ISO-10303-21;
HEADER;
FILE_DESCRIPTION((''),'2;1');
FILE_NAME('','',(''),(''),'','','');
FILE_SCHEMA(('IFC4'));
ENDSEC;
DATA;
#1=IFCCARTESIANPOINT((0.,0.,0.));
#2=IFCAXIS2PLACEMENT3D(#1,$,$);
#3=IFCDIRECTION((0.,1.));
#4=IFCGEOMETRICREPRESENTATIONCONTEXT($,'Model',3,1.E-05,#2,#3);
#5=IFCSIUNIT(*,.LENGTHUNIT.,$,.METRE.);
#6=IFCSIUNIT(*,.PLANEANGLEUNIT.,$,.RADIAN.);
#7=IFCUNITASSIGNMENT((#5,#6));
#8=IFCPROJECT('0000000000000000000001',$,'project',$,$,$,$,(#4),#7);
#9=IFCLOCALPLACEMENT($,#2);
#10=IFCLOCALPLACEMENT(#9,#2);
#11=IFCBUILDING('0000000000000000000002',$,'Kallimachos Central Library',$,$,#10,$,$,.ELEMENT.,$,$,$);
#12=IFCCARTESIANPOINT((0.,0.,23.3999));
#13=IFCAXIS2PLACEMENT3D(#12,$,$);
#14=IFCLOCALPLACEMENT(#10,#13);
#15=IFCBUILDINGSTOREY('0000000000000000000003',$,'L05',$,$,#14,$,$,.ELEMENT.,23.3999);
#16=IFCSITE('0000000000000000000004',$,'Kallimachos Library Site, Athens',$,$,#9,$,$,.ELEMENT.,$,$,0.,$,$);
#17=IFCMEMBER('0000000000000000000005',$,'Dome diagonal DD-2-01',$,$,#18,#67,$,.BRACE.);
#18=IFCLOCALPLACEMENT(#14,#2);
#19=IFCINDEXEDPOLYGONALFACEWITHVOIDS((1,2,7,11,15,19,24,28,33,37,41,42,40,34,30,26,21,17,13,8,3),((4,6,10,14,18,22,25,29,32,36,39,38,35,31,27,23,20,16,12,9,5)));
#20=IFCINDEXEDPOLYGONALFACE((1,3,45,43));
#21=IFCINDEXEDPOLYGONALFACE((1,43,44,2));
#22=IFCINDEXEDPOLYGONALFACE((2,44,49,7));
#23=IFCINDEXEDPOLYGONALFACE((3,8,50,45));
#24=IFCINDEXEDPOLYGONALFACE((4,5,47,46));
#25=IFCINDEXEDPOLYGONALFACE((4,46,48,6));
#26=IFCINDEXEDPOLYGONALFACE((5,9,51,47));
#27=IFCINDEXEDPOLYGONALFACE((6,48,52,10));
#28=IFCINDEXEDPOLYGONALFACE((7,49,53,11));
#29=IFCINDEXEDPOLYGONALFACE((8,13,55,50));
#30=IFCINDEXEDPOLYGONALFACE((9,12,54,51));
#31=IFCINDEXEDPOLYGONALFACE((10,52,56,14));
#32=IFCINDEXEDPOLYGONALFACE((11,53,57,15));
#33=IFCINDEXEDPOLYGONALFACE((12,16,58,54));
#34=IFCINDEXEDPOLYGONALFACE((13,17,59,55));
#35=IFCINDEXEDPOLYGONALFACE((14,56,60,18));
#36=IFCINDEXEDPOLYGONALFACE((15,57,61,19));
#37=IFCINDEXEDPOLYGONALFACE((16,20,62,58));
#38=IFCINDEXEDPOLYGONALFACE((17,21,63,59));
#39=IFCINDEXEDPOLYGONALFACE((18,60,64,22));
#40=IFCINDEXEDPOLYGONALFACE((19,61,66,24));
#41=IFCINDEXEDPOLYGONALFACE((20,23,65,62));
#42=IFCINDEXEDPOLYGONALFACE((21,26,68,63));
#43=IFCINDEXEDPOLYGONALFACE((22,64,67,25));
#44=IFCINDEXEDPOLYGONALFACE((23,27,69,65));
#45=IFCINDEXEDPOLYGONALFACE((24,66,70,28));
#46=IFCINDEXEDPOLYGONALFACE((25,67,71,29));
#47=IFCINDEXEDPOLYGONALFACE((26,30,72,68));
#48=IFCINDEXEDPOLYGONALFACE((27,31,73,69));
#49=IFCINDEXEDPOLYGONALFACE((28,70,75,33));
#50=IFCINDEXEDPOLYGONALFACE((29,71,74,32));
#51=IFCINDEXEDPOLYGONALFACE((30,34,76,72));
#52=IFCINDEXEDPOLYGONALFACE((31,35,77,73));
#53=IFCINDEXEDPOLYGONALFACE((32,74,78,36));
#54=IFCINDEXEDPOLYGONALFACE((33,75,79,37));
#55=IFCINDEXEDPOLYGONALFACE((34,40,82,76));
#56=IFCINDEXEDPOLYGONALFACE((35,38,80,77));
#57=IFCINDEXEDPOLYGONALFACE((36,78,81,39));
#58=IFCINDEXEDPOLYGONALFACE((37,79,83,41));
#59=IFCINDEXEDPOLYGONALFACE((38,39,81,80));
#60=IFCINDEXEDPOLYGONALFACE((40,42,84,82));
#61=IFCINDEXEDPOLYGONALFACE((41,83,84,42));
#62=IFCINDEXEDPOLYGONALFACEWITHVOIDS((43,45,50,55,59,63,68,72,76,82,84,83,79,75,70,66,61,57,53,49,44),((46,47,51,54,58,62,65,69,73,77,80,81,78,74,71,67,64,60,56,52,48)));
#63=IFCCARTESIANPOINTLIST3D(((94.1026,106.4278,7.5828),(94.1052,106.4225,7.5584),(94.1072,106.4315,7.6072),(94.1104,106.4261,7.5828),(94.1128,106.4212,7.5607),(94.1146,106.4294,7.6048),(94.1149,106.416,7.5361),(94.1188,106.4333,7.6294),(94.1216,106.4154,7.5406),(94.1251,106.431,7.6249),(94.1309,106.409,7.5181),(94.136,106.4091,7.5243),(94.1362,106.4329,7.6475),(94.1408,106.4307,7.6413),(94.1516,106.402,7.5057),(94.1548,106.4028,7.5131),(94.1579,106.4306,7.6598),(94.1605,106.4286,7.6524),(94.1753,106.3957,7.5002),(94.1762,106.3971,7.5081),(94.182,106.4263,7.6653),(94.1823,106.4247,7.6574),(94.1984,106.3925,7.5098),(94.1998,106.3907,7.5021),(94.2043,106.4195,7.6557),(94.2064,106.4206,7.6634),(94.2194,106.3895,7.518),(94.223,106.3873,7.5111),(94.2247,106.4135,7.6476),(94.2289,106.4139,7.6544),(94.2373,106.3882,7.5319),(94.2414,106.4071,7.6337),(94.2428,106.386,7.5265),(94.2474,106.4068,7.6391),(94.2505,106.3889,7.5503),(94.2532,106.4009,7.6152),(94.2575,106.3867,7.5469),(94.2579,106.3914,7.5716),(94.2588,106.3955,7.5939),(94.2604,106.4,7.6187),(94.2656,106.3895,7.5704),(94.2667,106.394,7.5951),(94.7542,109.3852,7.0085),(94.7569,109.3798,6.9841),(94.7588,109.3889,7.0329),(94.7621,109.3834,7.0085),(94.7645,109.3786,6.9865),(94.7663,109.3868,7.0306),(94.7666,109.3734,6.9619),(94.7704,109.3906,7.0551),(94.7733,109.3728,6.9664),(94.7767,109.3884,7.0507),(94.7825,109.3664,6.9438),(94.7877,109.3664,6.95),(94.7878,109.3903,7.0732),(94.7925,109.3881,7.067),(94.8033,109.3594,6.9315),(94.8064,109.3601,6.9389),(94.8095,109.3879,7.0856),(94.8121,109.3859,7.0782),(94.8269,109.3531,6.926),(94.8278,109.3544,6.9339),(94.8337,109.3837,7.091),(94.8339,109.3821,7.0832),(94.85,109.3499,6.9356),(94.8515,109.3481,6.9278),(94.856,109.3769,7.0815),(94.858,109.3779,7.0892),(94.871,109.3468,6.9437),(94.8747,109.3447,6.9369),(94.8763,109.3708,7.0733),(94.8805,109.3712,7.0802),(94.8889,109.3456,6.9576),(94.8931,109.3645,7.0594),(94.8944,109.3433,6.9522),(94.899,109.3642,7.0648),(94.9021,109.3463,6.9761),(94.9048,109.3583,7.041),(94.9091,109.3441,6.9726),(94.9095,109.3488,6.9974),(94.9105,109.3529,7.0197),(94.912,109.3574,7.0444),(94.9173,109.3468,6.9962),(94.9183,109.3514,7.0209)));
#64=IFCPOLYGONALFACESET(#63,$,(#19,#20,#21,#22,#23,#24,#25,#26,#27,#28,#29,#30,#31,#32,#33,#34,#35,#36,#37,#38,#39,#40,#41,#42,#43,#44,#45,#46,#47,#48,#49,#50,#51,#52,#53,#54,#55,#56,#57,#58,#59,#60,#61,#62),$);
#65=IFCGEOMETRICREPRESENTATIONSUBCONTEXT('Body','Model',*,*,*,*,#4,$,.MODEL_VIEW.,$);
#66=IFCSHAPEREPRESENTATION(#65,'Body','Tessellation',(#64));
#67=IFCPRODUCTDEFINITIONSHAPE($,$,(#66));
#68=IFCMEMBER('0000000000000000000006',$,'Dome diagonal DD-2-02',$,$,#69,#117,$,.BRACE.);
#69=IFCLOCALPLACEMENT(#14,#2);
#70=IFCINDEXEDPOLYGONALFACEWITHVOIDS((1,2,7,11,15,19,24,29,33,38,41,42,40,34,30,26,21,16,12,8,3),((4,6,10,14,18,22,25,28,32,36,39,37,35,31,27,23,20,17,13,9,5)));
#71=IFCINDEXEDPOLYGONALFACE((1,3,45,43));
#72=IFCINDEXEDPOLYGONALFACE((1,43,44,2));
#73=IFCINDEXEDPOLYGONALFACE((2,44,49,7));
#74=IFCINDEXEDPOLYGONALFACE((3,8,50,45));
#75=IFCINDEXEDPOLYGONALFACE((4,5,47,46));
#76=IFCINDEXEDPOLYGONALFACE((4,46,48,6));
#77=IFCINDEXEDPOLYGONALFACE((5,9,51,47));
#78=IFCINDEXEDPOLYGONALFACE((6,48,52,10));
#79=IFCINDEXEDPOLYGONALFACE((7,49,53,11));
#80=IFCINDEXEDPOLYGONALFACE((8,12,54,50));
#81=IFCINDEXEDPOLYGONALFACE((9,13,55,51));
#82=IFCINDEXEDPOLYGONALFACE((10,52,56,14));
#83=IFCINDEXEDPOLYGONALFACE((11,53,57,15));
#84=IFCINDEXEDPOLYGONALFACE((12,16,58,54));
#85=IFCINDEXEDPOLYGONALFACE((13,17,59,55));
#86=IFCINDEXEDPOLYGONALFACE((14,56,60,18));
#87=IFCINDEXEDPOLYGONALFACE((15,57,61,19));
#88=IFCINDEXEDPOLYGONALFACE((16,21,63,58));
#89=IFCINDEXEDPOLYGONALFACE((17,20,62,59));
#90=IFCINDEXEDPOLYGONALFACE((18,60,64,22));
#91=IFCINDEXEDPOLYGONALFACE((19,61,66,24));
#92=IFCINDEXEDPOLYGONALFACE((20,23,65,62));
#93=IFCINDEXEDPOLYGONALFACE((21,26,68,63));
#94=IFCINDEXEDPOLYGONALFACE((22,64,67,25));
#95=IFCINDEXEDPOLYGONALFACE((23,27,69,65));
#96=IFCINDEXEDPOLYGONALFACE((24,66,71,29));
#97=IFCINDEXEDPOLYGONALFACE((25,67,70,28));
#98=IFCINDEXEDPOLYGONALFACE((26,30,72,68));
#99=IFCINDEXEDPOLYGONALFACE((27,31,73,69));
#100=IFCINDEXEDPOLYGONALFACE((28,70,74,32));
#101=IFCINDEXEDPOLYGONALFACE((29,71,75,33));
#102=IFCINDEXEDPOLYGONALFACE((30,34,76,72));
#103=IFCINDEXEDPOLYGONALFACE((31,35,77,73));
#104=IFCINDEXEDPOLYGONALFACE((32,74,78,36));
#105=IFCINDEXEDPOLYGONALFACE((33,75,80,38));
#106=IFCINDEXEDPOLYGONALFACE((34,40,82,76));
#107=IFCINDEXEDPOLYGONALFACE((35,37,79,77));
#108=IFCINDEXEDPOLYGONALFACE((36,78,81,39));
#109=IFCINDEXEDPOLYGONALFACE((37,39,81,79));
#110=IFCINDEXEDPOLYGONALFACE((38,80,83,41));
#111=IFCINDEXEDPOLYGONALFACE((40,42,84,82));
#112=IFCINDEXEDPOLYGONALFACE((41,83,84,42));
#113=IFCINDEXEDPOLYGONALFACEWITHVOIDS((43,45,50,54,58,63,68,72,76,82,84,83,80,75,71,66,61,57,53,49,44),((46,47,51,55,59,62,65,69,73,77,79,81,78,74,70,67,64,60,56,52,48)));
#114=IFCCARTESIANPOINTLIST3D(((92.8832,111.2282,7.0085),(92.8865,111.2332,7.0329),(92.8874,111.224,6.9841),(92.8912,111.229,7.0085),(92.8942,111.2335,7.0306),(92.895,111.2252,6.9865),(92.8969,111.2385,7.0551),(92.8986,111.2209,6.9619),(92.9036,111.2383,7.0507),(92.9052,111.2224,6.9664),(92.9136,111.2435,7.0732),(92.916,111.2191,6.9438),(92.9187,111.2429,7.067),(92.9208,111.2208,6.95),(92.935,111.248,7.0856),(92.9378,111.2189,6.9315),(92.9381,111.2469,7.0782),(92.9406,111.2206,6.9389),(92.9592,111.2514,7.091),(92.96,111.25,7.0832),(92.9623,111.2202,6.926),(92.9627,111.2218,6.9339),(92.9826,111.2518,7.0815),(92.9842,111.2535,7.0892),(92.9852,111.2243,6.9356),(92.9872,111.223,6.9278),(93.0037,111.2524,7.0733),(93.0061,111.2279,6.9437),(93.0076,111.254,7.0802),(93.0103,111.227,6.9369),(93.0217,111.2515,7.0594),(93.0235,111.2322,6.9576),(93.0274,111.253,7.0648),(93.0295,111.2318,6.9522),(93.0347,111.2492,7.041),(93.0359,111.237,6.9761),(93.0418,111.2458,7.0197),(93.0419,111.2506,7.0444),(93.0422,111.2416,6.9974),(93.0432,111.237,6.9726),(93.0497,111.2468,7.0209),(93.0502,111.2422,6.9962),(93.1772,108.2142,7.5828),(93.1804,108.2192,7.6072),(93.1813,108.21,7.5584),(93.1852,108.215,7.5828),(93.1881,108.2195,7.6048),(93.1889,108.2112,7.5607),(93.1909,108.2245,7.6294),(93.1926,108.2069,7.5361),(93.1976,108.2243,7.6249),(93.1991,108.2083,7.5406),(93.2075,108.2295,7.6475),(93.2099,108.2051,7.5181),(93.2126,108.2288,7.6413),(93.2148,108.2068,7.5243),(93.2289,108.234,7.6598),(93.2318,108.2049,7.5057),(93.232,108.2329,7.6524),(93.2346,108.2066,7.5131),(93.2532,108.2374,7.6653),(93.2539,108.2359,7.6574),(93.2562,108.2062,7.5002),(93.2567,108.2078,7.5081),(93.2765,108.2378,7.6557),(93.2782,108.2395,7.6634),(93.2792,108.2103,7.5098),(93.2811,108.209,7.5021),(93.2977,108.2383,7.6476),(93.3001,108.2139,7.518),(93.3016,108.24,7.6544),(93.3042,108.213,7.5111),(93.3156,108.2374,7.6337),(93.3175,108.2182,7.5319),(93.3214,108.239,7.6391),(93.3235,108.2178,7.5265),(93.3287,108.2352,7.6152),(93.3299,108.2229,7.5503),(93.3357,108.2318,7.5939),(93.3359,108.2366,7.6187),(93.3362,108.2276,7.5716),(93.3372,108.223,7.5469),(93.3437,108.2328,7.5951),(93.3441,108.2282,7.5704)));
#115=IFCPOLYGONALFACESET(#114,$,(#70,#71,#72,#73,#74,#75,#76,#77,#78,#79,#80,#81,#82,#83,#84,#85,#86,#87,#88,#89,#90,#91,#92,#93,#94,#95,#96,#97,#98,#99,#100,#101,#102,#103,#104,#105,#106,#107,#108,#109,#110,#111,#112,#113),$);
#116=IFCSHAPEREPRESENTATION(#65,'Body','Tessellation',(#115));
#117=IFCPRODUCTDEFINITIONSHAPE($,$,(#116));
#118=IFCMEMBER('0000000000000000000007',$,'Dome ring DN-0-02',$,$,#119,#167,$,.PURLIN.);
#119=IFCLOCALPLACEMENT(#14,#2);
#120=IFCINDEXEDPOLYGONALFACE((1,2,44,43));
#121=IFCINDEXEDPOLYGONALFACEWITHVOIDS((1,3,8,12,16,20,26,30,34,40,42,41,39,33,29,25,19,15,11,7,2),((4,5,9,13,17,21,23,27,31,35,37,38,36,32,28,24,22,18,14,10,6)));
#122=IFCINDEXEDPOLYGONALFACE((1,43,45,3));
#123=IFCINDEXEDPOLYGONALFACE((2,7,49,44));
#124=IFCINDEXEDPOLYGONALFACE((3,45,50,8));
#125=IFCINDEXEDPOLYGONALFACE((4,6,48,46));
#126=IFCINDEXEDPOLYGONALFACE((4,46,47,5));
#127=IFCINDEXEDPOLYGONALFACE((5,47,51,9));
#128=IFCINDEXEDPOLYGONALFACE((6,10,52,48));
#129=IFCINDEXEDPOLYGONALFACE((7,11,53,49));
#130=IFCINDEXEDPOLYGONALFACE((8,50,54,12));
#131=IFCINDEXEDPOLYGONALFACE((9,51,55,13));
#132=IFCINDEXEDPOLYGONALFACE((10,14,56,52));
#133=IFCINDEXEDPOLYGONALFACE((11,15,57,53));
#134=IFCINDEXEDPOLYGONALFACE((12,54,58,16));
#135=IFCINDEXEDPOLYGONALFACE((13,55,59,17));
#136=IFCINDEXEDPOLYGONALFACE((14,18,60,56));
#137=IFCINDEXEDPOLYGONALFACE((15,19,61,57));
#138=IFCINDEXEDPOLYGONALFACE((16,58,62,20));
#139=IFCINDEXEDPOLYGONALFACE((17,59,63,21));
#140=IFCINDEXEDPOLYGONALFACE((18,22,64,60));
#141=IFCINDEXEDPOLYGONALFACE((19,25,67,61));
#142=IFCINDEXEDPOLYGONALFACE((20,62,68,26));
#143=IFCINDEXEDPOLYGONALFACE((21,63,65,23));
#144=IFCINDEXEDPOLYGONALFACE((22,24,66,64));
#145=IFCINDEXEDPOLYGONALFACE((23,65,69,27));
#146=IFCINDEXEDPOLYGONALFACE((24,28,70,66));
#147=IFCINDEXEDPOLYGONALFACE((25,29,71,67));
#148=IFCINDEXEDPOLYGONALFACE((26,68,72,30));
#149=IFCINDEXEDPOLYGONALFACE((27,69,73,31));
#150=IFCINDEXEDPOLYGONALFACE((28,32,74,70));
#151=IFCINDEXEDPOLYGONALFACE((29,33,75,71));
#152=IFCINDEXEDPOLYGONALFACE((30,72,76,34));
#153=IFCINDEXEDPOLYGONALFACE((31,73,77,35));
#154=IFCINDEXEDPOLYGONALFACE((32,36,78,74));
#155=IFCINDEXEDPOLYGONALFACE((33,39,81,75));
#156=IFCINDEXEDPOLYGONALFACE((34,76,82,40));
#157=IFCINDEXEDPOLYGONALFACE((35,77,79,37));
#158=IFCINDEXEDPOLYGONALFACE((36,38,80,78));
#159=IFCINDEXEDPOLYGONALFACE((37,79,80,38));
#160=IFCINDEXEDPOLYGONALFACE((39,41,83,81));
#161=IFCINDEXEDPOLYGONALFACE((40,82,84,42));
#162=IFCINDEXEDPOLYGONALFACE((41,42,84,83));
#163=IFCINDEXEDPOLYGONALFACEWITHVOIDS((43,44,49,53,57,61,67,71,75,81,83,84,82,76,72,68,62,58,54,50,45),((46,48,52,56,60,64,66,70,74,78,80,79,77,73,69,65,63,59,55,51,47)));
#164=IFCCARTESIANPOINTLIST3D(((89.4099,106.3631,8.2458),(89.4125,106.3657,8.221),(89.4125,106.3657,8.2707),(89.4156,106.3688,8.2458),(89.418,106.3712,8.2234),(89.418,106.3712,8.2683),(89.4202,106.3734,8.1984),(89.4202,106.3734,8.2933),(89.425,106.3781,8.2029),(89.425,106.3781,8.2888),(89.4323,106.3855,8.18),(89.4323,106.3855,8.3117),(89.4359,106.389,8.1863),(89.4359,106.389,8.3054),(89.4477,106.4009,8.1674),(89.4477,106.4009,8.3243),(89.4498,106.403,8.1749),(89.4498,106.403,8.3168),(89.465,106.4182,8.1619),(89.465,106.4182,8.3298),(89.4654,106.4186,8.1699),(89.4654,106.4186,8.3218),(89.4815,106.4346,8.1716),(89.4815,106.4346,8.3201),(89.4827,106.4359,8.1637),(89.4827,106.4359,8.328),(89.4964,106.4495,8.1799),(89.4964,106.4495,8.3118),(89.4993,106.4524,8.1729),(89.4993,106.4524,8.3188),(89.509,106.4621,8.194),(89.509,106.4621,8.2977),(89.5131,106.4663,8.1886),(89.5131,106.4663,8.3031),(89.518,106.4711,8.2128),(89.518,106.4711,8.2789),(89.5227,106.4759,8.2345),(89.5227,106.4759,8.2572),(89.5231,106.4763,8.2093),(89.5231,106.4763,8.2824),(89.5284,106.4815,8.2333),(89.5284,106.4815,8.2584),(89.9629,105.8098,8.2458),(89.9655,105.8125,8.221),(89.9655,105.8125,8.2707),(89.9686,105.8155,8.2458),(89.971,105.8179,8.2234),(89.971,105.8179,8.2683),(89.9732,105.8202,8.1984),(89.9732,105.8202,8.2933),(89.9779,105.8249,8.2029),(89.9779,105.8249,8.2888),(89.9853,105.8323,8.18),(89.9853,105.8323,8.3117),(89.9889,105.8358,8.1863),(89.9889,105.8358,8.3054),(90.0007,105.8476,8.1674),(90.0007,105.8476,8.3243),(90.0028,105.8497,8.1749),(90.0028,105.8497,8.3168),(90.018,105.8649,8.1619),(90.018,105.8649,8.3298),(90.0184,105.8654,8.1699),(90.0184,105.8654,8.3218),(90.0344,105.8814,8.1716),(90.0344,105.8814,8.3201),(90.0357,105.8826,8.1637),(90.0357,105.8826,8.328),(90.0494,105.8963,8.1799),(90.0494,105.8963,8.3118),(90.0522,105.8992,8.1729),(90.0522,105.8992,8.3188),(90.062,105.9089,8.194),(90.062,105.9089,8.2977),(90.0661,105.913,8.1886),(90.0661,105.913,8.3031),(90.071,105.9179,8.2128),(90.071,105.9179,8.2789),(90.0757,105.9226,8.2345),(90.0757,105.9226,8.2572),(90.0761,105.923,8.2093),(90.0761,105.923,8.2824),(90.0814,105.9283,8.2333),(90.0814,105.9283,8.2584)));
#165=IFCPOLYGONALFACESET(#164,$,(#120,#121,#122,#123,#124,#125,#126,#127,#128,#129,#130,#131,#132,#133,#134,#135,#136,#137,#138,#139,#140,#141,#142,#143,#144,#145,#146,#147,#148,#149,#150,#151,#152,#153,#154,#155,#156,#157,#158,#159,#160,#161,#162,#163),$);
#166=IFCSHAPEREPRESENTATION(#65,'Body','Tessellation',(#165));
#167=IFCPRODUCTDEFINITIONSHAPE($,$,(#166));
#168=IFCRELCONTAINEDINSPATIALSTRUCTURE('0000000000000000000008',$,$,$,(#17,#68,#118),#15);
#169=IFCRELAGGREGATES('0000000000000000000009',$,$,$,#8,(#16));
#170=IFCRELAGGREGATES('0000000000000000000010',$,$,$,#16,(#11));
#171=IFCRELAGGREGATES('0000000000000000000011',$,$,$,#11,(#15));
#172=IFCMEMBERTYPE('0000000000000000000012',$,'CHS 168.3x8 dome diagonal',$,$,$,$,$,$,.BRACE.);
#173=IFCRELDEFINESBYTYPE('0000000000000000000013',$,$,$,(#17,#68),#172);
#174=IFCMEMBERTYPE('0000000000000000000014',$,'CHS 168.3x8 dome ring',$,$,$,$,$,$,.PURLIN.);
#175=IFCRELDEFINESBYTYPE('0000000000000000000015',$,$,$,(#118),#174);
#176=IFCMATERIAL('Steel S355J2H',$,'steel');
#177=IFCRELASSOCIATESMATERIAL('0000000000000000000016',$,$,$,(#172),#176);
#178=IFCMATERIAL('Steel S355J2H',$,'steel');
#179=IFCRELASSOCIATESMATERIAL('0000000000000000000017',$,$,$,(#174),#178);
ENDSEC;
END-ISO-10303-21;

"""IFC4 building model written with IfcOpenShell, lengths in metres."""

from ifc_helpers import new_model, si_unit, direction, frame, origin, origin_2d, place, context, subcontext, project, spatial, hollow_circle, extrude, material, material_profile, profile_set, type_object, element, save


model = new_model("IFC4")

# Units and contexts
model_context = context("Model", 3, precision=1e-05, world=origin(), true_north=direction((0.0, 1.0)))
body_context = subcontext(model_context, "Body", "Model", "MODEL_VIEW")
ifc_project = project(units=[si_unit("LENGTHUNIT", "METRE"), si_unit("PLANEANGLEUNIT", "RADIAN")], contexts=[model_context])

# Site, building, storey
site_placement = place(None, origin())
site = spatial("IfcSite", under=ifc_project, at=site_placement, Name="Kallimachos Library Site, Athens", CompositionType="ELEMENT", RefElevation=0.0)
building_placement = place(site_placement, origin())
building = spatial("IfcBuilding", under=site, at=building_placement, Name="Kallimachos Central Library", CompositionType="ELEMENT")
storey_placement = place(building_placement, frame((0.0, 0.0, 23.3999)))
storey = spatial("IfcBuildingStorey", under=building, at=storey_placement, Name="L05", CompositionType="ELEMENT", Elevation=23.3999)

# Members
ifc_material_1 = material(Name="Steel S355J2H", Category="steel")
ifc_material_profile_1 = material_profile(ifc_material_1, hollow_circle(Radius=0.0842, WallThickness=0.0081, at=origin_2d()), Name="CHS 168.3x8")
ifc_profile_set_1 = profile_set([ifc_material_profile_1], Name="Steel S355J2H")
member_type_1 = type_object("IfcMemberType", Name="CHS 168.3x8 dome diagonal", PredefinedType="BRACE", material=ifc_profile_set_1)
for number, where, z_axis, x_axis, name in (
    (1, (94.1848, 106.4097, 7.5828), (0.211413, 0.959477, -0.186303), (-0.976574, 0.21518, 0.0), "Dome diagonal DD-2-01"),
    (2, (93.261, 108.2224, 7.5828), (-0.095369, 0.977853, -0.186303), (-0.995278, -0.097069, 0.0), "Dome diagonal DD-2-02"),
):
    element("IfcMember", number, at=place(storey_placement, frame(where, z_axis=z_axis, x_axis=x_axis)), inside=storey, type_object=member_type_1, Name=name, PredefinedType="BRACE", context=body_context, shape_type="SweptSolid", body=[
        extrude(hollow_circle(Radius=0.0842, WallThickness=0.0081, at=origin_2d()), origin(), (0.0, 0.0, 1.0), 3.0823),
    ])
ifc_material_2 = material(Name="Steel S355J2H", Category="steel")
ifc_material_profile_2 = material_profile(ifc_material_2, hollow_circle(Radius=0.0842, WallThickness=0.0081, at=origin_2d()), Name="CHS 168.3x8")
ifc_profile_set_2 = profile_set([ifc_material_profile_2], Name="Steel S355J2H")
member_type_2 = type_object("IfcMemberType", Name="CHS 168.3x8 dome ring", PredefinedType="PURLIN", material=ifc_profile_set_2)
for number, where, z_axis, x_axis, name in (
    (3, (90.0225, 105.8694, 8.2458), (-0.706951, 0.707263, 0.0), (-0.707263, -0.706951, 0.0), "Dome ring DN-0-02"),
):
    element("IfcMember", number, at=place(storey_placement, frame(where, z_axis=z_axis, x_axis=x_axis)), inside=storey, type_object=member_type_2, Name=name, PredefinedType="PURLIN", context=body_context, shape_type="SweptSolid", body=[
        extrude(hollow_circle(Radius=0.0842, WallThickness=0.0081, at=origin_2d()), origin(), (0.0, 0.0, 1.0), 0.7822),
    ])

save(model, "model.ifc")
